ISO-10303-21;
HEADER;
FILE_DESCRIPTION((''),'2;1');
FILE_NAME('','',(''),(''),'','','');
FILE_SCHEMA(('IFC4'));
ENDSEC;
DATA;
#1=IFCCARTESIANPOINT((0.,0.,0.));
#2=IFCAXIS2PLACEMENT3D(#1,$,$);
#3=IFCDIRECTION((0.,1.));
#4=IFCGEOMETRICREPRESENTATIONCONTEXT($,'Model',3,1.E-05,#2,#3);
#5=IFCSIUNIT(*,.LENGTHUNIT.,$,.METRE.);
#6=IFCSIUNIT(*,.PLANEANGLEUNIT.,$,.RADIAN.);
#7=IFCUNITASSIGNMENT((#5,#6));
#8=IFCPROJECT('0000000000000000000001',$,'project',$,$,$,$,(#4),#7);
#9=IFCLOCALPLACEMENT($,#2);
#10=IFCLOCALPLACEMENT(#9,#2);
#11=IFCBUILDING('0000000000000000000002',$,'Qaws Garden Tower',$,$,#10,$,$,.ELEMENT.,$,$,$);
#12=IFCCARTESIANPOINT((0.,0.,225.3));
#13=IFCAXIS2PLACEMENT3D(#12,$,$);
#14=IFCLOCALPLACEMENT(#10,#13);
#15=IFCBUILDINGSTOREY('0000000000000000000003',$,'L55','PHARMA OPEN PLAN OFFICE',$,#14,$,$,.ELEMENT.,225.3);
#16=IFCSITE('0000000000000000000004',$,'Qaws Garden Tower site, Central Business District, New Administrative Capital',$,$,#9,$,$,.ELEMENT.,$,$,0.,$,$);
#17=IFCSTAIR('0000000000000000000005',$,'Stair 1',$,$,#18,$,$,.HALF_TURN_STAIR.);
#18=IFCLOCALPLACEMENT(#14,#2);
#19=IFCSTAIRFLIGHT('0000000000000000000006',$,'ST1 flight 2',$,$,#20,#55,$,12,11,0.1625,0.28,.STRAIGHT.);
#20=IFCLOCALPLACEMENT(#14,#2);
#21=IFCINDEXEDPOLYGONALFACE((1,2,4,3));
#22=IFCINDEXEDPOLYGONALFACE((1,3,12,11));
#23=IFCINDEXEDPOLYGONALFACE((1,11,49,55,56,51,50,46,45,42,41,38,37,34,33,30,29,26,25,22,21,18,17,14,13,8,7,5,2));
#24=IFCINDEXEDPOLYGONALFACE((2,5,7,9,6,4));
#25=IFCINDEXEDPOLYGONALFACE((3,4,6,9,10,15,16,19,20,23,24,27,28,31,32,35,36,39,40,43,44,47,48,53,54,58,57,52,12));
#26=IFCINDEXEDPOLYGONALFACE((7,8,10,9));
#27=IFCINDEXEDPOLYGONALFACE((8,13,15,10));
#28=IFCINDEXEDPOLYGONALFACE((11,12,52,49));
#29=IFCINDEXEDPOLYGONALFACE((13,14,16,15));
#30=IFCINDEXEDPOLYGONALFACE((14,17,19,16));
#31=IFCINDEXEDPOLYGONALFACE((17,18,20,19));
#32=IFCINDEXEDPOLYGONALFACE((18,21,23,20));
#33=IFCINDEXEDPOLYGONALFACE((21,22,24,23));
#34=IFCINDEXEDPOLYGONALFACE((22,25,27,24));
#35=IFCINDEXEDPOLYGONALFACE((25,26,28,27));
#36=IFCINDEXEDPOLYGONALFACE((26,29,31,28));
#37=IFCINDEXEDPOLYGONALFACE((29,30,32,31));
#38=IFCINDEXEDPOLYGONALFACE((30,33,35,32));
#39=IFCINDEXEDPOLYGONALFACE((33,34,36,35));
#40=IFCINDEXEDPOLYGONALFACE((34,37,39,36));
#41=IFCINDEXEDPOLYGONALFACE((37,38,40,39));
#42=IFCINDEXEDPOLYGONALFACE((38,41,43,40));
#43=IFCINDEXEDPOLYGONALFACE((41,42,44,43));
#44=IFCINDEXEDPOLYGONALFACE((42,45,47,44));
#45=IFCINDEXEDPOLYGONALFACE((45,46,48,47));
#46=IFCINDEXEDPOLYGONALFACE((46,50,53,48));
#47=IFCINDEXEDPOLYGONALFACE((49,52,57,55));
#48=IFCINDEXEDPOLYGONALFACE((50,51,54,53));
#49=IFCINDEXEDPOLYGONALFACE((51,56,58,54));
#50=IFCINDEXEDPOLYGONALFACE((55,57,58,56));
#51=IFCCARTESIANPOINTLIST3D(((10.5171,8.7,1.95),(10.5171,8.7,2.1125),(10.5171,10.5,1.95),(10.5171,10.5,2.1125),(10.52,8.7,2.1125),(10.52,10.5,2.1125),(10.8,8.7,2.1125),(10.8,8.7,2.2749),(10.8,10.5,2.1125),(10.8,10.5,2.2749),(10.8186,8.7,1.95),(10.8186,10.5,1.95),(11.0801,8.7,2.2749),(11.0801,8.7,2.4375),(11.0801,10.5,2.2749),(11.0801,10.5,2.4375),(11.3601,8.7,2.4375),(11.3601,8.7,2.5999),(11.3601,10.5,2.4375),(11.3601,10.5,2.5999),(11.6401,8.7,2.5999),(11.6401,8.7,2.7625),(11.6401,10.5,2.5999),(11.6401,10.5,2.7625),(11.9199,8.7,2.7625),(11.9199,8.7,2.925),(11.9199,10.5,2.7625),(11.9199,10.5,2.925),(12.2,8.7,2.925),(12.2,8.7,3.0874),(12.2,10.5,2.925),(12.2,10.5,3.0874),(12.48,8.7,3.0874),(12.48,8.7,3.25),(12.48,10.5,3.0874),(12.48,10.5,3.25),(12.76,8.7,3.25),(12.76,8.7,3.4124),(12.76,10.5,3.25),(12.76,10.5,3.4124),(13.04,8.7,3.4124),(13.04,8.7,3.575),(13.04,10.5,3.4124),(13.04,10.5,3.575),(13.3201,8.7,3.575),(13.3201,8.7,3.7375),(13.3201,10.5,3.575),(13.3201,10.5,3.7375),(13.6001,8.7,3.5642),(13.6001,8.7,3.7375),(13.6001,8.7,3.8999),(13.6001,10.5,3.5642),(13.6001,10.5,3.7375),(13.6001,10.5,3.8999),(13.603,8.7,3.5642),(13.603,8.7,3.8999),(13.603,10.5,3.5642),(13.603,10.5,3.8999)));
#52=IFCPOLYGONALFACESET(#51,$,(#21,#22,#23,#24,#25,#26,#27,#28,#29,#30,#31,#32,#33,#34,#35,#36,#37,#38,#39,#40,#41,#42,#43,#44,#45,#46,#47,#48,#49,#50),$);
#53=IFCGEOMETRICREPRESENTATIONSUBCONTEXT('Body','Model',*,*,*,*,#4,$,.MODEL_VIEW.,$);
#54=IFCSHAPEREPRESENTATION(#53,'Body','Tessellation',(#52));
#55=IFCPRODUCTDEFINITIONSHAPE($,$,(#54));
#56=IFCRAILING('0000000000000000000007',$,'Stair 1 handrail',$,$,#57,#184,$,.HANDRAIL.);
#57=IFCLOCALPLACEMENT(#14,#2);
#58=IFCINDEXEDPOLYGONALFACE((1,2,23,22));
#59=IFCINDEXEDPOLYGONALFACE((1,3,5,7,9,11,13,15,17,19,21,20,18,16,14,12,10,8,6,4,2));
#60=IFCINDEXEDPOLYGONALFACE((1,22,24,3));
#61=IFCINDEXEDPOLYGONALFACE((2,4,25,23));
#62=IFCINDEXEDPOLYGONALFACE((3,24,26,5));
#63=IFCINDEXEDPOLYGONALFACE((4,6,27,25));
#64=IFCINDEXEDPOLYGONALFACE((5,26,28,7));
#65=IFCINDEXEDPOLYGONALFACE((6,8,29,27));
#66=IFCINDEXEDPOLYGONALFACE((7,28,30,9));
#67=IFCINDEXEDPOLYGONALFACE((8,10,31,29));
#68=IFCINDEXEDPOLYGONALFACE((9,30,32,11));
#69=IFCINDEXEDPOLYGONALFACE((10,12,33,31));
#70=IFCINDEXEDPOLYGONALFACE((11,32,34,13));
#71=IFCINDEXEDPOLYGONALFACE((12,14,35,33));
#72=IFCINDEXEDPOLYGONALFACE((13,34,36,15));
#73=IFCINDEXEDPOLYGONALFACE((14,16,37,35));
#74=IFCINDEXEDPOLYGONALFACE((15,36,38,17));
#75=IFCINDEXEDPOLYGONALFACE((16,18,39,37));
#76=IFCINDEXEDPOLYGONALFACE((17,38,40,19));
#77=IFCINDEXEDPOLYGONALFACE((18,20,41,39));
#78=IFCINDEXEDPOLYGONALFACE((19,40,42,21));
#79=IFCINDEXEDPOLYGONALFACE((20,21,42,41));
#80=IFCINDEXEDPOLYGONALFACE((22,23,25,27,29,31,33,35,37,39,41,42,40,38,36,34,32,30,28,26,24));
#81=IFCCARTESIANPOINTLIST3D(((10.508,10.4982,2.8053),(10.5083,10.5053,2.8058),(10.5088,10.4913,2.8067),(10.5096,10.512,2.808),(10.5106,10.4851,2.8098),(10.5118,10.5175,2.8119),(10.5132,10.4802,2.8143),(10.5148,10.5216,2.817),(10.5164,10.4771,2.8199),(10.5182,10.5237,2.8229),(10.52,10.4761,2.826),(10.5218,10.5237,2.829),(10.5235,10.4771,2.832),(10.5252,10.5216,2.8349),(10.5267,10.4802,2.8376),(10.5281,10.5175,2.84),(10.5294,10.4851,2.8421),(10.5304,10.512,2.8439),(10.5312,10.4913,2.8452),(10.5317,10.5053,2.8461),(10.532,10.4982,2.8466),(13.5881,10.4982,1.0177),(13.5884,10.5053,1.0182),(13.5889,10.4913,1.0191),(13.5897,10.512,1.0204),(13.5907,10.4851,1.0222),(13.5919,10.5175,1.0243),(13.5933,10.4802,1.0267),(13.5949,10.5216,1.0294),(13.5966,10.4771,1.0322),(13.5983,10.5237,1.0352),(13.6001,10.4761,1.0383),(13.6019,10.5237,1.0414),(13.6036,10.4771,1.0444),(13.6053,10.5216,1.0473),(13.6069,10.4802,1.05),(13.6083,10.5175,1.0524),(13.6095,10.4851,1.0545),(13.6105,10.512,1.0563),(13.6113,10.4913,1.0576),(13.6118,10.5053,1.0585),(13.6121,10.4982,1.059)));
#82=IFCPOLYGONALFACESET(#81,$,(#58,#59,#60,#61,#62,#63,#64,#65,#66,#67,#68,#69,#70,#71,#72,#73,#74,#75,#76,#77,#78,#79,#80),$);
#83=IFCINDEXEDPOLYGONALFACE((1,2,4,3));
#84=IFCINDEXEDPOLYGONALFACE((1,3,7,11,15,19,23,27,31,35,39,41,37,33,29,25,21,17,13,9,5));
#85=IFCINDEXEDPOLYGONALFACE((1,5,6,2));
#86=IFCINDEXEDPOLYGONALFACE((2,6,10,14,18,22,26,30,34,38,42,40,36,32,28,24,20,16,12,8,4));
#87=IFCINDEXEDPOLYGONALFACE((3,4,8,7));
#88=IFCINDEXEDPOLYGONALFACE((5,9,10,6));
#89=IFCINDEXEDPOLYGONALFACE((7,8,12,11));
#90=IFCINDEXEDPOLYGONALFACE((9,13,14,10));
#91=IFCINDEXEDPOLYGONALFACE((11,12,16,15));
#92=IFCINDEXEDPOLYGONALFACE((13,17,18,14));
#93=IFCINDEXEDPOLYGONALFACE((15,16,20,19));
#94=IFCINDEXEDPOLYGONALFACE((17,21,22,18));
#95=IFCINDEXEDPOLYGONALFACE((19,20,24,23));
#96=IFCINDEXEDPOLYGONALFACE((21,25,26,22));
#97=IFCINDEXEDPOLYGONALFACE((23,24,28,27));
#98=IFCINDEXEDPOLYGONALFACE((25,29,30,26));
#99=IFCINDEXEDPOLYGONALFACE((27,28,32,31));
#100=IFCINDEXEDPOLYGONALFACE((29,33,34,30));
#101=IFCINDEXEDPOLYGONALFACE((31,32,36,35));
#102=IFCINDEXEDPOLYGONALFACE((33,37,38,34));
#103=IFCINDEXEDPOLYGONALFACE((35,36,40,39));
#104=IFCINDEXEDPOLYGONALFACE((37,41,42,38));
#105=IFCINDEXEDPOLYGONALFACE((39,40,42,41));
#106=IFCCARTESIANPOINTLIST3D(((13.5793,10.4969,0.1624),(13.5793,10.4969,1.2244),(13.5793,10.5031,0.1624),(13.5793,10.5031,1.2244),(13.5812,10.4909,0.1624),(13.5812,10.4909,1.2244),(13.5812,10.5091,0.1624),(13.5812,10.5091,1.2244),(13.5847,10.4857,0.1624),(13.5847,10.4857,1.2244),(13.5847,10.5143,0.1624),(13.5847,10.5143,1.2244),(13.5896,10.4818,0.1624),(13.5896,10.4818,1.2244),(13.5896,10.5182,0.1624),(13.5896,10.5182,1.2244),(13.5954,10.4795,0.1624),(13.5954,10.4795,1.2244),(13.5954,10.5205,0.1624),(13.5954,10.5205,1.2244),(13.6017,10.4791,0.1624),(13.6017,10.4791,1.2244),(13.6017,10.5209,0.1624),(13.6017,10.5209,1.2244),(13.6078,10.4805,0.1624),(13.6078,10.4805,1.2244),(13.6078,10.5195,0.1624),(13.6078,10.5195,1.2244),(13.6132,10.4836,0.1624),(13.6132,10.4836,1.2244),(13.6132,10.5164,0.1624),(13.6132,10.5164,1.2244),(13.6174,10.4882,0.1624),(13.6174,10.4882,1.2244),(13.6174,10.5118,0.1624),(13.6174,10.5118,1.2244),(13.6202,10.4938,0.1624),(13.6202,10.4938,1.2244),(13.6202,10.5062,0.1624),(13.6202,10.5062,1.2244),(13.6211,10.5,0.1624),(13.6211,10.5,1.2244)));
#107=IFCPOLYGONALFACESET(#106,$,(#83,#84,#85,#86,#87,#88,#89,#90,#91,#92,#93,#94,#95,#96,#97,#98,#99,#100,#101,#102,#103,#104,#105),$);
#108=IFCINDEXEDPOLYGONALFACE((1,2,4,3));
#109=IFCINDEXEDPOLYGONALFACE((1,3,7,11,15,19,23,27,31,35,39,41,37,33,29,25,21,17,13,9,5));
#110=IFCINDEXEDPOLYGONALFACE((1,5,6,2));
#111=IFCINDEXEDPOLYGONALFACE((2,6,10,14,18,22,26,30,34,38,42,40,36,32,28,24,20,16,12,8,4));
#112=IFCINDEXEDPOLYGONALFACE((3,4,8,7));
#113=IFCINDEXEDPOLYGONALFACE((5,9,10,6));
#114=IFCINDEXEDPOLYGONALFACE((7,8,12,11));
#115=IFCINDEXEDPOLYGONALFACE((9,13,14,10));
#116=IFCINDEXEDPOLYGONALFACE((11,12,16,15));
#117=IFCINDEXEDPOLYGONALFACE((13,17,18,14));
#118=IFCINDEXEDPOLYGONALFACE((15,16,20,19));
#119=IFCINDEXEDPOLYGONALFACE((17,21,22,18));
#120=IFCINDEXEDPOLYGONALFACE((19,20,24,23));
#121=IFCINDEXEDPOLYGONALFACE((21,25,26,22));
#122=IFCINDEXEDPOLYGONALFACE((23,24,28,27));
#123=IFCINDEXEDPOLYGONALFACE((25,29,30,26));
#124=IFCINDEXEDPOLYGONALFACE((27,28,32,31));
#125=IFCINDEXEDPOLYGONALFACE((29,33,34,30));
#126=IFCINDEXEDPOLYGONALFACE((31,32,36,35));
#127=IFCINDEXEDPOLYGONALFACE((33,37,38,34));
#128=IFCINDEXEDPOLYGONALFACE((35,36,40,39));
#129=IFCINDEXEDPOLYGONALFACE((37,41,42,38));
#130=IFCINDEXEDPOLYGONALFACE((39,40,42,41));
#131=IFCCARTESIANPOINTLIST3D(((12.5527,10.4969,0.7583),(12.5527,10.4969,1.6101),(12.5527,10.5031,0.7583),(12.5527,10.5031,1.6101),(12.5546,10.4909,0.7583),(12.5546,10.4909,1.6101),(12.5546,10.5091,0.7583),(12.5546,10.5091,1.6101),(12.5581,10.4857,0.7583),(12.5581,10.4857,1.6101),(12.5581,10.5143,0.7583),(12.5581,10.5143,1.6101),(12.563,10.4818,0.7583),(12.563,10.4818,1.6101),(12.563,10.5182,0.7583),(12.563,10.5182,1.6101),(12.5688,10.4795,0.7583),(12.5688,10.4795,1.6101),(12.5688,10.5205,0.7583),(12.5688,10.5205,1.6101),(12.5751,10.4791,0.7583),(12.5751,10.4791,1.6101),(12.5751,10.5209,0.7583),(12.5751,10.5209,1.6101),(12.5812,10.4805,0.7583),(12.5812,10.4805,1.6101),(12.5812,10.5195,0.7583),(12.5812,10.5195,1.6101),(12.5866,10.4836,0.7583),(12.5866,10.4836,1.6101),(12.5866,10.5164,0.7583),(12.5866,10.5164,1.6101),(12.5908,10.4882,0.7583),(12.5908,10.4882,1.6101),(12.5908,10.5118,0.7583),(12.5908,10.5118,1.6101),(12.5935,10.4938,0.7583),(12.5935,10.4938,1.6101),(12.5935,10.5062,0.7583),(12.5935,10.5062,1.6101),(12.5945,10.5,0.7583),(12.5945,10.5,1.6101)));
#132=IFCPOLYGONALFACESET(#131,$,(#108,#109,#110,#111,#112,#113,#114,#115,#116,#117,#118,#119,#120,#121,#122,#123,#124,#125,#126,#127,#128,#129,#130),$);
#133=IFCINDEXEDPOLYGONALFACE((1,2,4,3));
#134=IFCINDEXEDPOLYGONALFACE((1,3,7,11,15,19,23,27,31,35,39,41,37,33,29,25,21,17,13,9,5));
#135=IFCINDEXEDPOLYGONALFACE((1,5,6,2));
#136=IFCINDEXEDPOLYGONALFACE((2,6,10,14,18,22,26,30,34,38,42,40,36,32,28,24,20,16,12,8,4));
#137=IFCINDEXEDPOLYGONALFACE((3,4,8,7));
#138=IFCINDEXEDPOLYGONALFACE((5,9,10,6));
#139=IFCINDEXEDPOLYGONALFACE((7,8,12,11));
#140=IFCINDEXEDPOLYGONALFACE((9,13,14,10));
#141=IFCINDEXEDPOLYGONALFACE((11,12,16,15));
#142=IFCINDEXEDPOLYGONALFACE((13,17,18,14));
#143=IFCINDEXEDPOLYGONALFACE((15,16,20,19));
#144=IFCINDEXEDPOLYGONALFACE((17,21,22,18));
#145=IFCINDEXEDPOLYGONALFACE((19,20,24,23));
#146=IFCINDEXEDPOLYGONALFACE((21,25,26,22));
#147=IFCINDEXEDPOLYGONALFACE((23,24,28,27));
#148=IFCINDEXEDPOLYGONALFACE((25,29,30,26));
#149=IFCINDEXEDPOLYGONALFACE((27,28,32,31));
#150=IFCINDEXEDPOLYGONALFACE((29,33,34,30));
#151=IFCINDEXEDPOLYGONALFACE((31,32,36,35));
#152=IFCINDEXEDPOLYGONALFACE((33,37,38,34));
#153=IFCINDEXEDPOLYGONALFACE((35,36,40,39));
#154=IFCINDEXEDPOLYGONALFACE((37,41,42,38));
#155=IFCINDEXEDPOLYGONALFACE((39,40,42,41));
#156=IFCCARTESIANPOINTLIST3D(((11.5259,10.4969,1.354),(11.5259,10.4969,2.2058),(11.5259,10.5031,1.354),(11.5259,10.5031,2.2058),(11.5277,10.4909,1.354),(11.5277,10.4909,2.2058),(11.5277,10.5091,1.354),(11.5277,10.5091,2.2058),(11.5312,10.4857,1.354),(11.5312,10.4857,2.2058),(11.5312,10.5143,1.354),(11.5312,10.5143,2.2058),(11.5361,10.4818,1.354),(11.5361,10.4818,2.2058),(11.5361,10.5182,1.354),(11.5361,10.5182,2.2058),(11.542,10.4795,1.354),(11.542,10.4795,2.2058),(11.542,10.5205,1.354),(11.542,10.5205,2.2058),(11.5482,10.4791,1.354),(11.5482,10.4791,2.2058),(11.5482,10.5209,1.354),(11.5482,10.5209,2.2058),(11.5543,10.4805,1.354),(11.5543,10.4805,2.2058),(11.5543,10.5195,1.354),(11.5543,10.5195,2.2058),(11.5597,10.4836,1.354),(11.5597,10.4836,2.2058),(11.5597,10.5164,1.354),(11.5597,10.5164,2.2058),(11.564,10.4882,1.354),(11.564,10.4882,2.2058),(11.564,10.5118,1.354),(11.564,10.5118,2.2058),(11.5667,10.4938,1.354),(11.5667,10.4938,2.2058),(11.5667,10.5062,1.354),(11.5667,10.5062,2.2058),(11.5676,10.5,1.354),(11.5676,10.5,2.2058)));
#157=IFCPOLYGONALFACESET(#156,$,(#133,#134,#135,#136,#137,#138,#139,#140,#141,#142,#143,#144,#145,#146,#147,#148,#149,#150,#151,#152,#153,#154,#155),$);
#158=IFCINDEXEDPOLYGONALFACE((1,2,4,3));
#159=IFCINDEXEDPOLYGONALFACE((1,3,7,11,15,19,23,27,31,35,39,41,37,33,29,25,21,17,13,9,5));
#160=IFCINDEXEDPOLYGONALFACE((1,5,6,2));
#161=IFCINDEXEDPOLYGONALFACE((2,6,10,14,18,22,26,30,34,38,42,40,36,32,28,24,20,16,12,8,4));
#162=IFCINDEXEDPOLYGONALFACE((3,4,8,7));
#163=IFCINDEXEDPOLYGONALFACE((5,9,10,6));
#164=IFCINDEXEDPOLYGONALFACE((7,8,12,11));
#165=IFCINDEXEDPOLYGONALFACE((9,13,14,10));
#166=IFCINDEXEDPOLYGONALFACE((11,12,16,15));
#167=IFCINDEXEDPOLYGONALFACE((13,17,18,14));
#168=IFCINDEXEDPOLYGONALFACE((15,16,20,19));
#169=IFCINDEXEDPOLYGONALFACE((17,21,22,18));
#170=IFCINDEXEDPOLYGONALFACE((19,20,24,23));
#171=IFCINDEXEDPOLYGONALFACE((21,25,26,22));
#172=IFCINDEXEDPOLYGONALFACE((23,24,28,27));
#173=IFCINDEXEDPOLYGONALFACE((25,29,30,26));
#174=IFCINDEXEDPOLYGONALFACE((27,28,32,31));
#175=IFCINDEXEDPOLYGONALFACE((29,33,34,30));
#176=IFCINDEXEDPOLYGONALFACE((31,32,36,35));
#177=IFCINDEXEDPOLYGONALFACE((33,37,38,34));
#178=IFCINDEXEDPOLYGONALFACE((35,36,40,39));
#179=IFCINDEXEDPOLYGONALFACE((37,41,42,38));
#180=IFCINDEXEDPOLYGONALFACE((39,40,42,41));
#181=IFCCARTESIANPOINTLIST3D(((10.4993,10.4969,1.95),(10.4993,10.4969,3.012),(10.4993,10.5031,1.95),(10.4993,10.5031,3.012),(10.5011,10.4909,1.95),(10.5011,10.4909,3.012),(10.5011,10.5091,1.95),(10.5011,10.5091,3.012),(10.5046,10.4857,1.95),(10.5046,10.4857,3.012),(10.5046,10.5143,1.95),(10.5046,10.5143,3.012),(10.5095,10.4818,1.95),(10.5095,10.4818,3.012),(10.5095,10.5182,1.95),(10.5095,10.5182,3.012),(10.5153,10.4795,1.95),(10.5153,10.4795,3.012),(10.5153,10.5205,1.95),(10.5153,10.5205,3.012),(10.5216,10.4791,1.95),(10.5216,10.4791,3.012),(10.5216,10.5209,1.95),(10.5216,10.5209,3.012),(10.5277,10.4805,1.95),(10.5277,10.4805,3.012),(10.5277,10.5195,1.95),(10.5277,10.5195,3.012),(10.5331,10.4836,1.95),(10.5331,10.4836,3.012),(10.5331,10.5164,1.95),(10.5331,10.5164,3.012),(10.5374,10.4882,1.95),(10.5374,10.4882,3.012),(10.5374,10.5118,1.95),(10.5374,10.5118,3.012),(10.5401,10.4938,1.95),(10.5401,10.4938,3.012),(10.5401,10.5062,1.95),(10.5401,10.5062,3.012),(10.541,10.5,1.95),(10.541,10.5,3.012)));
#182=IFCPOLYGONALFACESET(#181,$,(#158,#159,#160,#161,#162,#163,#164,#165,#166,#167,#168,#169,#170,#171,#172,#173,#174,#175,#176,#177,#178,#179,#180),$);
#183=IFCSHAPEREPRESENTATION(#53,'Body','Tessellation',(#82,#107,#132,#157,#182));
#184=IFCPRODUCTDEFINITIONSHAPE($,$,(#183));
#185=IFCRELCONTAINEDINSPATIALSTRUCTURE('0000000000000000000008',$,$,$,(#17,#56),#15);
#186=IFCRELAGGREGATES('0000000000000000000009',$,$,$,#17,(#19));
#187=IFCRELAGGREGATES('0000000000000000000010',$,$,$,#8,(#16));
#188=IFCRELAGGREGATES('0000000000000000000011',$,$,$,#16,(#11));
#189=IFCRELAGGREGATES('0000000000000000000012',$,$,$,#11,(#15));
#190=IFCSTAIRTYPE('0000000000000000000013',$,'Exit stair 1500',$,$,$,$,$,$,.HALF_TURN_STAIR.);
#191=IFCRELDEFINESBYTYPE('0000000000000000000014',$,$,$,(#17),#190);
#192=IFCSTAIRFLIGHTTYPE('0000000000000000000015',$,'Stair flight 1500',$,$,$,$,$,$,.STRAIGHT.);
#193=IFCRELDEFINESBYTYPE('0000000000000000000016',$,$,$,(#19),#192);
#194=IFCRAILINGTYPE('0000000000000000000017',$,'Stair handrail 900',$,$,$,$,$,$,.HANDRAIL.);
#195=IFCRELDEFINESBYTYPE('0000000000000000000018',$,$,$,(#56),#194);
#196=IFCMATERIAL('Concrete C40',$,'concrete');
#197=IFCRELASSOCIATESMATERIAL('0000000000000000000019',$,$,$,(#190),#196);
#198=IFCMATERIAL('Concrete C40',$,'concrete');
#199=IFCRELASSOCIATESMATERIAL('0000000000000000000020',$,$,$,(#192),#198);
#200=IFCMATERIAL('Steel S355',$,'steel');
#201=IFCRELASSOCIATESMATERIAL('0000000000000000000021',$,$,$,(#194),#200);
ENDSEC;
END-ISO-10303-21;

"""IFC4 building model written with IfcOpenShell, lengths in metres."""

from ifc_helpers import new_model, si_unit, direction, frame, origin, origin_2d, place, context, subcontext, project, spatial, polyline, circle, outline, extrude, material, type_object, element, aggregate, save


model = new_model("IFC4")

# Units and contexts
model_context = context("Model", 3, precision=1e-05, world=origin(), true_north=direction((0.0, 1.0)))
body_context = subcontext(model_context, "Body", "Model", "MODEL_VIEW")
ifc_project = project(units=[si_unit("LENGTHUNIT", "METRE"), si_unit("PLANEANGLEUNIT", "RADIAN")], contexts=[model_context])

# Site, building, storey
site_placement = place(None, origin())
site = spatial("IfcSite", under=ifc_project, at=site_placement, Name="Qaws Garden Tower site, Central Business District, New Administrative Capital", CompositionType="ELEMENT", RefElevation=0.0)
building_placement = place(site_placement, origin())
building = spatial("IfcBuilding", under=site, at=building_placement, Name="Qaws Garden Tower", CompositionType="ELEMENT")
storey_placement = place(building_placement, frame((0.0, 0.0, 225.3)))
storey = spatial("IfcBuildingStorey", under=building, at=storey_placement, Name="L55", Description="PHARMA OPEN PLAN OFFICE", CompositionType="ELEMENT", Elevation=225.3)

# Stair, stair flight
ifc_material_1 = material(Name="Concrete C40", Category="concrete")
stair_type = type_object("IfcStairType", Name="Exit stair 1500", PredefinedType="HALF_TURN_STAIR", material=ifc_material_1)
stair_placement = place(storey_placement, origin())
stair = element("IfcStair", 1, at=stair_placement, inside=storey, type_object=stair_type, Name="Stair 1", PredefinedType="HALF_TURN_STAIR")
ifc_material_2 = material(Name="Concrete C40", Category="concrete")
stair_flight_type = type_object("IfcStairFlightType", Name="Stair flight 1500", PredefinedType="STRAIGHT", material=ifc_material_2)
stair_flight_1_placement = place(storey_placement, frame((10.52, 9.6001, 1.95), z_axis=(0.0, 0.0, 1.0), x_axis=(1.0, 0.0, 0.0)))
stair_flight_1 = element("IfcStairFlight", 2, at=stair_flight_1_placement, type_object=stair_flight_type, Name="ST1 flight 2", NumberOfRisers=12, NumberOfTreads=11, PredefinedType="STRAIGHT", RiserHeight=0.1625, TreadLength=0.28, context=body_context, shape_type="SweptSolid", body=[
    extrude(outline(polyline([(-0.0029, 0.0), (-0.0029, 0.1626), (0.0, 0.1626), (0.28, 0.1626), (0.28, 0.325), (0.5601, 0.325), (0.5601, 0.4875), (0.8401, 0.4875), (0.8401, 0.6499), (1.1201, 0.6499), (1.1201, 0.8125), (1.3999, 0.8125), (1.3999, 0.9751), (1.6799, 0.9751), (1.6799, 1.1375), (1.96, 1.1375), (1.96, 1.3), (2.24, 1.3), (2.24, 1.4624), (2.52, 1.4624), (2.52, 1.625), (2.8, 1.625), (2.8, 1.7876), (3.0801, 1.7876), (3.0801, 1.95), (3.083, 1.95), (3.083, 1.6143), (3.0801, 1.6143), (0.2986, 0.0), (-0.0029, 0.0)])), frame((0.0, 0.8999, 0.0), z_axis=(0.0, -1.0, 0.0), x_axis=(1.0, 0.0, 0.0)), (0.0, 0.0, 1.0), 1.8),
])
aggregate(stair, [stair_flight_1])

# Railing
ifc_material_3 = material(Name="Steel S355", Category="steel")
railing_type = type_object("IfcRailingType", Name="Stair handrail 900", PredefinedType="HANDRAIL", material=ifc_material_3)
railing_1_placement = place(storey_placement, frame((13.6001, 10.5, 0.1624)))
element("IfcRailing", 3, at=railing_1_placement, inside=storey, type_object=railing_type, Name="Stair 1 handrail", PredefinedType="HANDRAIL", context=body_context, shape_type="SweptSolid", body=[
    extrude(circle(Radius=0.0239, at=origin_2d()), frame((0.0, 0.0, 0.876), z_axis=(-0.864891, 0.0, 0.50196), x_axis=(0.0, -1.0, 0.0)), (0.0, 0.0, 1.0), 3.5613),
    extrude(circle(Radius=0.021, at=origin_2d()), origin(), (0.0, 0.0, 1.0), 1.062),
    extrude(circle(Radius=0.021, at=origin_2d()), frame((-1.0266, 0.0, 0.5959)), (0.0, 0.0, 1.0), 0.8518),
    extrude(circle(Radius=0.021, at=origin_2d()), frame((-2.0535, 0.0, 1.1917)), (0.0, 0.0, 1.0), 0.8518),
    extrude(circle(Radius=0.021, at=origin_2d()), frame((-3.0801, 0.0, 1.7876)), (0.0, 0.0, 1.0), 1.062),
])

save(model, "model.ifc")
